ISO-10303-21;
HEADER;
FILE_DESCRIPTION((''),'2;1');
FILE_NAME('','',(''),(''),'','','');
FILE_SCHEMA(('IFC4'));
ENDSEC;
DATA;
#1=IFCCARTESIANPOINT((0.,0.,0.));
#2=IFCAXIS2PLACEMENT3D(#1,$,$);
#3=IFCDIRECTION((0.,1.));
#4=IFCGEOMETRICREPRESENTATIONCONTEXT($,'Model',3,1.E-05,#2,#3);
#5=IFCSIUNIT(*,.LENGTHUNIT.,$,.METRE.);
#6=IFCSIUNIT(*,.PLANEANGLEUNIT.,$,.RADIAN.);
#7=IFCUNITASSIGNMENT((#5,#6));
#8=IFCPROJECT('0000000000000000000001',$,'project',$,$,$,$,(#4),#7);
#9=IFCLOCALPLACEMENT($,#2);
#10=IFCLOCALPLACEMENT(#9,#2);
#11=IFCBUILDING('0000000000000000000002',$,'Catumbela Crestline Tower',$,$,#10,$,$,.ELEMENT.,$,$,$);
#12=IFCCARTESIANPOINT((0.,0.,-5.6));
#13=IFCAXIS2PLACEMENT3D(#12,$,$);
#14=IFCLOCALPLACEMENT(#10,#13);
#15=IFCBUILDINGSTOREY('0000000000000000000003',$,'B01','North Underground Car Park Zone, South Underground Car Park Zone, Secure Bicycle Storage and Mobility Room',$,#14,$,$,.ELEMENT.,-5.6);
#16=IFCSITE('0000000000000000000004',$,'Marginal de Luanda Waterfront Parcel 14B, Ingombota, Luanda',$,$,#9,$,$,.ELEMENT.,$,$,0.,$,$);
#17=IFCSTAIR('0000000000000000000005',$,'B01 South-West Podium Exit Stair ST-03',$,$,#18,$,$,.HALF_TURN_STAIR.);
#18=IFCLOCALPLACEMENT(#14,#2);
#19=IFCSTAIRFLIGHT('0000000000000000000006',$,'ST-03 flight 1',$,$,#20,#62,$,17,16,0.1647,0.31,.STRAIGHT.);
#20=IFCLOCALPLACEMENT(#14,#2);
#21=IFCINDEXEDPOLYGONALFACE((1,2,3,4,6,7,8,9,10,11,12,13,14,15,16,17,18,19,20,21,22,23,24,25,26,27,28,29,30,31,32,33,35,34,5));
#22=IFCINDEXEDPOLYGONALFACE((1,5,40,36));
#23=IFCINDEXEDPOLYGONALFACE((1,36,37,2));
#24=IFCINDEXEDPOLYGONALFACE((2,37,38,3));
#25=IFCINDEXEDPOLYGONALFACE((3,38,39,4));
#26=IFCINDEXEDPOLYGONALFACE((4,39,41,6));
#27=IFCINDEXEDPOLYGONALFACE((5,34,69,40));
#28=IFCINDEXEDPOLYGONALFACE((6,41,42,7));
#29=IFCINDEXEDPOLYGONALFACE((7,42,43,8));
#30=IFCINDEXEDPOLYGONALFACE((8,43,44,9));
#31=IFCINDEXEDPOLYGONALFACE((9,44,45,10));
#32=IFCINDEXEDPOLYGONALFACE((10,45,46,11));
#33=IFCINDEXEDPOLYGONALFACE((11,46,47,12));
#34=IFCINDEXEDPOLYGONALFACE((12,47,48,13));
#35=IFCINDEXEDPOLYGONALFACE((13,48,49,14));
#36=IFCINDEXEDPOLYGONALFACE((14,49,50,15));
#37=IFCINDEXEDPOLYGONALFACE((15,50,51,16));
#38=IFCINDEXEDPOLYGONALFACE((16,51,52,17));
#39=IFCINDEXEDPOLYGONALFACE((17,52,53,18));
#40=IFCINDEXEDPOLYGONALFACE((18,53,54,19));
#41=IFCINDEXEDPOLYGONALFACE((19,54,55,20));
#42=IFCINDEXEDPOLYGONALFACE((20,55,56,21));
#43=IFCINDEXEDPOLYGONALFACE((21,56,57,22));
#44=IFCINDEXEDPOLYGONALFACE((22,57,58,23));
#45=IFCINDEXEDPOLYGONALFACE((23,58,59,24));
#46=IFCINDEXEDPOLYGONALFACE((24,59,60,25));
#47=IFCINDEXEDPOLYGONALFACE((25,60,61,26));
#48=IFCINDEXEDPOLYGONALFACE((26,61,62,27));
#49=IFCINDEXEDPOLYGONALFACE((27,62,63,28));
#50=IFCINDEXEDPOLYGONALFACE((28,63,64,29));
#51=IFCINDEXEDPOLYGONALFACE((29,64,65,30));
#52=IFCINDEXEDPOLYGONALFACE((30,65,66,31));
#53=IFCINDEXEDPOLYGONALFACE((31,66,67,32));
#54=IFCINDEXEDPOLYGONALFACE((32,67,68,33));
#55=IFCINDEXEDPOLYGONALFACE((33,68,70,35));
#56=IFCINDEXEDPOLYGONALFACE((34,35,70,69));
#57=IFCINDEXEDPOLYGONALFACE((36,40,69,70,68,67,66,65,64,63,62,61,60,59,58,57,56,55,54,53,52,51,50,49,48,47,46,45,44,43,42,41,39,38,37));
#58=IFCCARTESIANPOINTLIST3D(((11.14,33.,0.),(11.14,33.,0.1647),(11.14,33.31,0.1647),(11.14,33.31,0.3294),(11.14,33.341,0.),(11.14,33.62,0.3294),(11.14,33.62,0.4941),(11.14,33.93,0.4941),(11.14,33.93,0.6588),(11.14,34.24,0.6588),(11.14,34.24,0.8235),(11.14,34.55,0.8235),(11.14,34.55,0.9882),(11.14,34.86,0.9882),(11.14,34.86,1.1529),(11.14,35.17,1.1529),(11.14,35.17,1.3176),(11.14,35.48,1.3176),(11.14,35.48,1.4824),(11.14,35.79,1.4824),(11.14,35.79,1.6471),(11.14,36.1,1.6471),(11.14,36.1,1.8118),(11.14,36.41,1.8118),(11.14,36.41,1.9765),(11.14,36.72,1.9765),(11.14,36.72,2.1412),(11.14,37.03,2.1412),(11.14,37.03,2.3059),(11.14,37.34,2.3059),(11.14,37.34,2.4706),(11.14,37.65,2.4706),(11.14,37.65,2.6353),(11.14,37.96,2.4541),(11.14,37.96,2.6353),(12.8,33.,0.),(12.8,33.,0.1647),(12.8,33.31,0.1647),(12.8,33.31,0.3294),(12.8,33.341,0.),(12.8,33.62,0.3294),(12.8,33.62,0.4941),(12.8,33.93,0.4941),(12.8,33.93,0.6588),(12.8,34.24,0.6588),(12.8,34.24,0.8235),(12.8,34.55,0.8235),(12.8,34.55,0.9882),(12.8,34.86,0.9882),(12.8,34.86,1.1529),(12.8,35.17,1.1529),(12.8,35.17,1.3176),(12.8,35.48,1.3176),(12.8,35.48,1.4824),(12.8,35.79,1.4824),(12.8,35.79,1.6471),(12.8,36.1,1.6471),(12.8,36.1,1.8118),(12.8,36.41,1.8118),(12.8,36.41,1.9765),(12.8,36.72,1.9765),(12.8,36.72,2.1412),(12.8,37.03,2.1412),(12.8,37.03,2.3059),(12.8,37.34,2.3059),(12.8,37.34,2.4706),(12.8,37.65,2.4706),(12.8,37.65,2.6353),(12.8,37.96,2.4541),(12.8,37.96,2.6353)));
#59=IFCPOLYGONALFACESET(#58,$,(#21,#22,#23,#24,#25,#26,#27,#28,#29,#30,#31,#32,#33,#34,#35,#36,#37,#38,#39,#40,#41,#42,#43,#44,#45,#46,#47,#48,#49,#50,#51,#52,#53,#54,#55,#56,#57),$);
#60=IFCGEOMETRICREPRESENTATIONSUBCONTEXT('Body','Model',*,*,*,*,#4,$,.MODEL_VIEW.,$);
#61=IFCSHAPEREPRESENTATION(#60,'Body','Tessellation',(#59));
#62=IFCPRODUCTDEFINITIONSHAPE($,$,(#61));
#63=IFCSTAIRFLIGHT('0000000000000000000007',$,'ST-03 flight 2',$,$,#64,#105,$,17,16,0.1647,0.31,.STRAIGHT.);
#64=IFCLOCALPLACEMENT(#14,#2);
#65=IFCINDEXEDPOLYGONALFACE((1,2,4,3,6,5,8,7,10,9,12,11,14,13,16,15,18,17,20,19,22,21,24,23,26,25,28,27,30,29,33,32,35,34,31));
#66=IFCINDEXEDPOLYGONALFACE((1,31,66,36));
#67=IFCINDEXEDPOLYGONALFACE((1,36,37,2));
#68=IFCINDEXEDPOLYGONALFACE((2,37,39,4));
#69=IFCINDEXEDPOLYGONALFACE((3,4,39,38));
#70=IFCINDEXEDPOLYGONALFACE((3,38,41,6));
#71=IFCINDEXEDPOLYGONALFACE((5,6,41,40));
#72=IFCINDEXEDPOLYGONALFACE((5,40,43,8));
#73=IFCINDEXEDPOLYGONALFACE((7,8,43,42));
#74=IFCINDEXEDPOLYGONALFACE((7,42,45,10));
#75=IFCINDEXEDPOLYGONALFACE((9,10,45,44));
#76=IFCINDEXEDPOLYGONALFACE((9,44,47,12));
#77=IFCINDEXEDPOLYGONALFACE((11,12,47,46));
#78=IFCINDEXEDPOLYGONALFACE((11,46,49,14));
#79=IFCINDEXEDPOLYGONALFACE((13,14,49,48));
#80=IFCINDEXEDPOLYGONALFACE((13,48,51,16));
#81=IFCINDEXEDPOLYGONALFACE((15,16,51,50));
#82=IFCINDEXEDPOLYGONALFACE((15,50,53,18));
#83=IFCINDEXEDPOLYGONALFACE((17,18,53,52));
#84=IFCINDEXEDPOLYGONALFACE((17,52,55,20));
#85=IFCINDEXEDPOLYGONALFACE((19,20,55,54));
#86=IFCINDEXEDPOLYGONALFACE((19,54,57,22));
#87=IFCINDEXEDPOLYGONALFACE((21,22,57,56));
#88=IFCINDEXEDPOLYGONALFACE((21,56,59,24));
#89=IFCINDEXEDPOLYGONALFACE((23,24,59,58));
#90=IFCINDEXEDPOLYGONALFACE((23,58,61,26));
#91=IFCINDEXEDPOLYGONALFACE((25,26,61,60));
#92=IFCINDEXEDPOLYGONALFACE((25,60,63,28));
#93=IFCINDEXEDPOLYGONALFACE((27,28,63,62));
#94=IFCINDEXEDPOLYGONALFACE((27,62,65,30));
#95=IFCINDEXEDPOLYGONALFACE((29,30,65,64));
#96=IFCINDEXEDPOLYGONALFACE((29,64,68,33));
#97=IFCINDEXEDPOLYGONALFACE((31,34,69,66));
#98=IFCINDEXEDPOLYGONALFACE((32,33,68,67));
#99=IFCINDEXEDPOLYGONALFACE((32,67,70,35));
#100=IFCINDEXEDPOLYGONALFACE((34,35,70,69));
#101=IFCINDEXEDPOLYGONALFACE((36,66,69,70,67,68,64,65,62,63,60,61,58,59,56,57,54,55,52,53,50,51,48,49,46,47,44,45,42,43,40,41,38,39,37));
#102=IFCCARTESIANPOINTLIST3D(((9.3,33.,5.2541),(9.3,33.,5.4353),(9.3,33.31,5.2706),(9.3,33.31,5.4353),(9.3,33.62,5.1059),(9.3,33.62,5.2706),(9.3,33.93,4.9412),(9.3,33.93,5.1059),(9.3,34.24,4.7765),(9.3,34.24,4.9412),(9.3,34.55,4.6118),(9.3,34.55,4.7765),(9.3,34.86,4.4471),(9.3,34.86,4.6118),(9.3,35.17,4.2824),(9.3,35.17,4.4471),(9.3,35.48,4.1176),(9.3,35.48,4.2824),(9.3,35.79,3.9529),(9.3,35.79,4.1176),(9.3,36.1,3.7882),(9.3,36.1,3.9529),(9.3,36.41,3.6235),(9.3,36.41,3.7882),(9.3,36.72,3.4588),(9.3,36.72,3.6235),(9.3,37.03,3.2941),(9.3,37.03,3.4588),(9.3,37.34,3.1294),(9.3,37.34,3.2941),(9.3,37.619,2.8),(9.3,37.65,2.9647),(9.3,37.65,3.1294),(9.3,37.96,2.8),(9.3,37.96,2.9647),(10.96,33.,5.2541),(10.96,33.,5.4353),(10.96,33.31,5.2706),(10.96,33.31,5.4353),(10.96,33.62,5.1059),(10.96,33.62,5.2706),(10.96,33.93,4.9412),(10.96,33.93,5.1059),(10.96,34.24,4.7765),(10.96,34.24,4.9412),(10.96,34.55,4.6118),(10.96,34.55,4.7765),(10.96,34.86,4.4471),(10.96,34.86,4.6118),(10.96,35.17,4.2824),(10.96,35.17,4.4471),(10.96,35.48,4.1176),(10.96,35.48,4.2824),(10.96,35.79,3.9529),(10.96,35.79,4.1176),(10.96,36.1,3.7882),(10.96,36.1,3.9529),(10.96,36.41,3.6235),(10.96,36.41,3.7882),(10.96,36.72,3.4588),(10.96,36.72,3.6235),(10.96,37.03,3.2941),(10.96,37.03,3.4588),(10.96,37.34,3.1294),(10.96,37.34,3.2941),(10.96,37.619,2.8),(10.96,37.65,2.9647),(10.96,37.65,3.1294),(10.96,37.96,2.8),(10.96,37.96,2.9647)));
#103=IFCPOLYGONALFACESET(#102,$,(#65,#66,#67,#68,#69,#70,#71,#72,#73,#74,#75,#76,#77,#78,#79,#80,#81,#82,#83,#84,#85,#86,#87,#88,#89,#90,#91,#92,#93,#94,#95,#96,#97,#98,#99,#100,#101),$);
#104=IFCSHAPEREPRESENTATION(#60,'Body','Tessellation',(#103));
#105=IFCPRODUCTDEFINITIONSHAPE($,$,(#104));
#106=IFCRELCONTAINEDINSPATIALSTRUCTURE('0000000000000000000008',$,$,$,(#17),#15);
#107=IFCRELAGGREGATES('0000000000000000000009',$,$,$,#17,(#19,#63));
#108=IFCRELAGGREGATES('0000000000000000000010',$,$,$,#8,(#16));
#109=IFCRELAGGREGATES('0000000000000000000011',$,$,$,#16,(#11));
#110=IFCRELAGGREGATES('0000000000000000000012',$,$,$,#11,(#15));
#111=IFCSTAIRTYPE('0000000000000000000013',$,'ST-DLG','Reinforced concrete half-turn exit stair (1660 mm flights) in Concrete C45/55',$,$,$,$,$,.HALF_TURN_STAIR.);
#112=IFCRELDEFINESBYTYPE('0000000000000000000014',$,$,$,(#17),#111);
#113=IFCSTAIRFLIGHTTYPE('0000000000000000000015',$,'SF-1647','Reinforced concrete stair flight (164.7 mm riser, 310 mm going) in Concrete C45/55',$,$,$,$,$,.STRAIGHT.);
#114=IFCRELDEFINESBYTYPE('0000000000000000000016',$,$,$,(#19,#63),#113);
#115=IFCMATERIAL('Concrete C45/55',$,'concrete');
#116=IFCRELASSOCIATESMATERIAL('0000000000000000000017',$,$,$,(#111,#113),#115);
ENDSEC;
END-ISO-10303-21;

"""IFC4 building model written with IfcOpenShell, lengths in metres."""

from ifc_helpers import new_model, si_unit, direction, frame, origin, place, context, subcontext, project, spatial, polyline, outline, extrude, material, type_object, element, aggregate, save


model = new_model("IFC4")

# Units and contexts
model_context = context("Model", 3, precision=1e-05, world=origin(), true_north=direction((0.0, 1.0)))
body_context = subcontext(model_context, "Body", "Model", "MODEL_VIEW")
ifc_project = project(units=[si_unit("LENGTHUNIT", "METRE"), si_unit("PLANEANGLEUNIT", "RADIAN")], contexts=[model_context])

# Site, building, storey
site_placement = place(None, origin())
site = spatial("IfcSite", under=ifc_project, at=site_placement, Name="Marginal de Luanda Waterfront Parcel 14B, Ingombota, Luanda", CompositionType="ELEMENT", RefElevation=0.0)
building_placement = place(site_placement, origin())
building = spatial("IfcBuilding", under=site, at=building_placement, Name="Catumbela Crestline Tower", CompositionType="ELEMENT")
storey_placement = place(building_placement, frame((0.0, 0.0, -5.6)))
storey = spatial("IfcBuildingStorey", under=building, at=storey_placement, Name="B01", Description="North Underground Car Park Zone, South Underground Car Park Zone, Secure Bicycle Storage and Mobility Room", CompositionType="ELEMENT", Elevation=-5.6)

# Stair, stair flights
ifc_material_1 = material(Name="Concrete C45/55", Category="concrete")
stair_type = type_object("IfcStairType", Name="ST-DLG", Description="Reinforced concrete half-turn exit stair (1660 mm flights) in Concrete C45/55", PredefinedType="HALF_TURN_STAIR", material=ifc_material_1)
stair_placement = place(storey_placement, origin())
stair = element("IfcStair", 1, at=stair_placement, inside=storey, type_object=stair_type, Name="B01 South-West Podium Exit Stair ST-03", PredefinedType="HALF_TURN_STAIR")
stair_flight_type = type_object("IfcStairFlightType", Name="SF-1647", Description="Reinforced concrete stair flight (164.7 mm riser, 310 mm going) in Concrete C45/55", PredefinedType="STRAIGHT", material=ifc_material_1)
stair_flight_1_placement = place(storey_placement, frame((11.97, 33.0, 0.0), z_axis=(0.0, 0.0, 1.0), x_axis=(0.0, 1.0, 0.0)))
stair_flight_1 = element("IfcStairFlight", 2, at=stair_flight_1_placement, type_object=stair_flight_type, Name="ST-03 flight 1", NumberOfRisers=17, NumberOfTreads=16, PredefinedType="STRAIGHT", RiserHeight=0.1647, TreadLength=0.31, context=body_context, shape_type="SweptSolid", body=[
    extrude(outline(polyline([(0.0, 0.0), (0.0, 0.1647), (0.31, 0.1647), (0.31, 0.3294), (0.62, 0.3294), (0.62, 0.4941), (0.93, 0.4941), (0.93, 0.6588), (1.24, 0.6588), (1.24, 0.8235), (1.55, 0.8235), (1.55, 0.9882), (1.86, 0.9882), (1.86, 1.1529), (2.17, 1.1529), (2.17, 1.3176), (2.48, 1.3176), (2.48, 1.4824), (2.79, 1.4824), (2.79, 1.6471), (3.1, 1.6471), (3.1, 1.8118), (3.41, 1.8118), (3.41, 1.9765), (3.72, 1.9765), (3.72, 2.1412), (4.03, 2.1412), (4.03, 2.3059), (4.34, 2.3059), (4.34, 2.4706), (4.65, 2.4706), (4.65, 2.6353), (4.96, 2.6353), (4.96, 2.8), (4.96, 2.4541), (0.341, 0.0), (0.0, 0.0)])), frame((0.0, 0.83, 0.0), z_axis=(0.0, -1.0, 0.0), x_axis=(1.0, 0.0, 0.0)), (0.0, 0.0, 1.0), 1.66),
])
stair_flight_2_placement = place(storey_placement, frame((10.13, 37.96, 2.8), z_axis=(0.0, 0.0, 1.0), x_axis=(0.0, -1.0, 0.0)))
stair_flight_2 = element("IfcStairFlight", 3, at=stair_flight_2_placement, type_object=stair_flight_type, Name="ST-03 flight 2", NumberOfRisers=17, NumberOfTreads=16, PredefinedType="STRAIGHT", RiserHeight=0.1647, TreadLength=0.31, context=body_context, shape_type="SweptSolid", body=[
    extrude(outline(polyline([(0.0, 0.0), (0.0, 0.1647), (0.31, 0.1647), (0.31, 0.3294), (0.62, 0.3294), (0.62, 0.4941), (0.93, 0.4941), (0.93, 0.6588), (1.24, 0.6588), (1.24, 0.8235), (1.55, 0.8235), (1.55, 0.9882), (1.86, 0.9882), (1.86, 1.1529), (2.17, 1.1529), (2.17, 1.3176), (2.48, 1.3176), (2.48, 1.4824), (2.79, 1.4824), (2.79, 1.6471), (3.1, 1.6471), (3.1, 1.8118), (3.41, 1.8118), (3.41, 1.9765), (3.72, 1.9765), (3.72, 2.1412), (4.03, 2.1412), (4.03, 2.3059), (4.34, 2.3059), (4.34, 2.4706), (4.65, 2.4706), (4.65, 2.6353), (4.96, 2.6353), (4.96, 2.8), (4.96, 2.4541), (0.341, 0.0), (0.0, 0.0)])), frame((0.0, 0.83, 0.0), z_axis=(0.0, -1.0, 0.0), x_axis=(1.0, 0.0, 0.0)), (0.0, 0.0, 1.0), 1.66),
])
aggregate(stair, [stair_flight_1, stair_flight_2])

save(model, "model.ifc")
